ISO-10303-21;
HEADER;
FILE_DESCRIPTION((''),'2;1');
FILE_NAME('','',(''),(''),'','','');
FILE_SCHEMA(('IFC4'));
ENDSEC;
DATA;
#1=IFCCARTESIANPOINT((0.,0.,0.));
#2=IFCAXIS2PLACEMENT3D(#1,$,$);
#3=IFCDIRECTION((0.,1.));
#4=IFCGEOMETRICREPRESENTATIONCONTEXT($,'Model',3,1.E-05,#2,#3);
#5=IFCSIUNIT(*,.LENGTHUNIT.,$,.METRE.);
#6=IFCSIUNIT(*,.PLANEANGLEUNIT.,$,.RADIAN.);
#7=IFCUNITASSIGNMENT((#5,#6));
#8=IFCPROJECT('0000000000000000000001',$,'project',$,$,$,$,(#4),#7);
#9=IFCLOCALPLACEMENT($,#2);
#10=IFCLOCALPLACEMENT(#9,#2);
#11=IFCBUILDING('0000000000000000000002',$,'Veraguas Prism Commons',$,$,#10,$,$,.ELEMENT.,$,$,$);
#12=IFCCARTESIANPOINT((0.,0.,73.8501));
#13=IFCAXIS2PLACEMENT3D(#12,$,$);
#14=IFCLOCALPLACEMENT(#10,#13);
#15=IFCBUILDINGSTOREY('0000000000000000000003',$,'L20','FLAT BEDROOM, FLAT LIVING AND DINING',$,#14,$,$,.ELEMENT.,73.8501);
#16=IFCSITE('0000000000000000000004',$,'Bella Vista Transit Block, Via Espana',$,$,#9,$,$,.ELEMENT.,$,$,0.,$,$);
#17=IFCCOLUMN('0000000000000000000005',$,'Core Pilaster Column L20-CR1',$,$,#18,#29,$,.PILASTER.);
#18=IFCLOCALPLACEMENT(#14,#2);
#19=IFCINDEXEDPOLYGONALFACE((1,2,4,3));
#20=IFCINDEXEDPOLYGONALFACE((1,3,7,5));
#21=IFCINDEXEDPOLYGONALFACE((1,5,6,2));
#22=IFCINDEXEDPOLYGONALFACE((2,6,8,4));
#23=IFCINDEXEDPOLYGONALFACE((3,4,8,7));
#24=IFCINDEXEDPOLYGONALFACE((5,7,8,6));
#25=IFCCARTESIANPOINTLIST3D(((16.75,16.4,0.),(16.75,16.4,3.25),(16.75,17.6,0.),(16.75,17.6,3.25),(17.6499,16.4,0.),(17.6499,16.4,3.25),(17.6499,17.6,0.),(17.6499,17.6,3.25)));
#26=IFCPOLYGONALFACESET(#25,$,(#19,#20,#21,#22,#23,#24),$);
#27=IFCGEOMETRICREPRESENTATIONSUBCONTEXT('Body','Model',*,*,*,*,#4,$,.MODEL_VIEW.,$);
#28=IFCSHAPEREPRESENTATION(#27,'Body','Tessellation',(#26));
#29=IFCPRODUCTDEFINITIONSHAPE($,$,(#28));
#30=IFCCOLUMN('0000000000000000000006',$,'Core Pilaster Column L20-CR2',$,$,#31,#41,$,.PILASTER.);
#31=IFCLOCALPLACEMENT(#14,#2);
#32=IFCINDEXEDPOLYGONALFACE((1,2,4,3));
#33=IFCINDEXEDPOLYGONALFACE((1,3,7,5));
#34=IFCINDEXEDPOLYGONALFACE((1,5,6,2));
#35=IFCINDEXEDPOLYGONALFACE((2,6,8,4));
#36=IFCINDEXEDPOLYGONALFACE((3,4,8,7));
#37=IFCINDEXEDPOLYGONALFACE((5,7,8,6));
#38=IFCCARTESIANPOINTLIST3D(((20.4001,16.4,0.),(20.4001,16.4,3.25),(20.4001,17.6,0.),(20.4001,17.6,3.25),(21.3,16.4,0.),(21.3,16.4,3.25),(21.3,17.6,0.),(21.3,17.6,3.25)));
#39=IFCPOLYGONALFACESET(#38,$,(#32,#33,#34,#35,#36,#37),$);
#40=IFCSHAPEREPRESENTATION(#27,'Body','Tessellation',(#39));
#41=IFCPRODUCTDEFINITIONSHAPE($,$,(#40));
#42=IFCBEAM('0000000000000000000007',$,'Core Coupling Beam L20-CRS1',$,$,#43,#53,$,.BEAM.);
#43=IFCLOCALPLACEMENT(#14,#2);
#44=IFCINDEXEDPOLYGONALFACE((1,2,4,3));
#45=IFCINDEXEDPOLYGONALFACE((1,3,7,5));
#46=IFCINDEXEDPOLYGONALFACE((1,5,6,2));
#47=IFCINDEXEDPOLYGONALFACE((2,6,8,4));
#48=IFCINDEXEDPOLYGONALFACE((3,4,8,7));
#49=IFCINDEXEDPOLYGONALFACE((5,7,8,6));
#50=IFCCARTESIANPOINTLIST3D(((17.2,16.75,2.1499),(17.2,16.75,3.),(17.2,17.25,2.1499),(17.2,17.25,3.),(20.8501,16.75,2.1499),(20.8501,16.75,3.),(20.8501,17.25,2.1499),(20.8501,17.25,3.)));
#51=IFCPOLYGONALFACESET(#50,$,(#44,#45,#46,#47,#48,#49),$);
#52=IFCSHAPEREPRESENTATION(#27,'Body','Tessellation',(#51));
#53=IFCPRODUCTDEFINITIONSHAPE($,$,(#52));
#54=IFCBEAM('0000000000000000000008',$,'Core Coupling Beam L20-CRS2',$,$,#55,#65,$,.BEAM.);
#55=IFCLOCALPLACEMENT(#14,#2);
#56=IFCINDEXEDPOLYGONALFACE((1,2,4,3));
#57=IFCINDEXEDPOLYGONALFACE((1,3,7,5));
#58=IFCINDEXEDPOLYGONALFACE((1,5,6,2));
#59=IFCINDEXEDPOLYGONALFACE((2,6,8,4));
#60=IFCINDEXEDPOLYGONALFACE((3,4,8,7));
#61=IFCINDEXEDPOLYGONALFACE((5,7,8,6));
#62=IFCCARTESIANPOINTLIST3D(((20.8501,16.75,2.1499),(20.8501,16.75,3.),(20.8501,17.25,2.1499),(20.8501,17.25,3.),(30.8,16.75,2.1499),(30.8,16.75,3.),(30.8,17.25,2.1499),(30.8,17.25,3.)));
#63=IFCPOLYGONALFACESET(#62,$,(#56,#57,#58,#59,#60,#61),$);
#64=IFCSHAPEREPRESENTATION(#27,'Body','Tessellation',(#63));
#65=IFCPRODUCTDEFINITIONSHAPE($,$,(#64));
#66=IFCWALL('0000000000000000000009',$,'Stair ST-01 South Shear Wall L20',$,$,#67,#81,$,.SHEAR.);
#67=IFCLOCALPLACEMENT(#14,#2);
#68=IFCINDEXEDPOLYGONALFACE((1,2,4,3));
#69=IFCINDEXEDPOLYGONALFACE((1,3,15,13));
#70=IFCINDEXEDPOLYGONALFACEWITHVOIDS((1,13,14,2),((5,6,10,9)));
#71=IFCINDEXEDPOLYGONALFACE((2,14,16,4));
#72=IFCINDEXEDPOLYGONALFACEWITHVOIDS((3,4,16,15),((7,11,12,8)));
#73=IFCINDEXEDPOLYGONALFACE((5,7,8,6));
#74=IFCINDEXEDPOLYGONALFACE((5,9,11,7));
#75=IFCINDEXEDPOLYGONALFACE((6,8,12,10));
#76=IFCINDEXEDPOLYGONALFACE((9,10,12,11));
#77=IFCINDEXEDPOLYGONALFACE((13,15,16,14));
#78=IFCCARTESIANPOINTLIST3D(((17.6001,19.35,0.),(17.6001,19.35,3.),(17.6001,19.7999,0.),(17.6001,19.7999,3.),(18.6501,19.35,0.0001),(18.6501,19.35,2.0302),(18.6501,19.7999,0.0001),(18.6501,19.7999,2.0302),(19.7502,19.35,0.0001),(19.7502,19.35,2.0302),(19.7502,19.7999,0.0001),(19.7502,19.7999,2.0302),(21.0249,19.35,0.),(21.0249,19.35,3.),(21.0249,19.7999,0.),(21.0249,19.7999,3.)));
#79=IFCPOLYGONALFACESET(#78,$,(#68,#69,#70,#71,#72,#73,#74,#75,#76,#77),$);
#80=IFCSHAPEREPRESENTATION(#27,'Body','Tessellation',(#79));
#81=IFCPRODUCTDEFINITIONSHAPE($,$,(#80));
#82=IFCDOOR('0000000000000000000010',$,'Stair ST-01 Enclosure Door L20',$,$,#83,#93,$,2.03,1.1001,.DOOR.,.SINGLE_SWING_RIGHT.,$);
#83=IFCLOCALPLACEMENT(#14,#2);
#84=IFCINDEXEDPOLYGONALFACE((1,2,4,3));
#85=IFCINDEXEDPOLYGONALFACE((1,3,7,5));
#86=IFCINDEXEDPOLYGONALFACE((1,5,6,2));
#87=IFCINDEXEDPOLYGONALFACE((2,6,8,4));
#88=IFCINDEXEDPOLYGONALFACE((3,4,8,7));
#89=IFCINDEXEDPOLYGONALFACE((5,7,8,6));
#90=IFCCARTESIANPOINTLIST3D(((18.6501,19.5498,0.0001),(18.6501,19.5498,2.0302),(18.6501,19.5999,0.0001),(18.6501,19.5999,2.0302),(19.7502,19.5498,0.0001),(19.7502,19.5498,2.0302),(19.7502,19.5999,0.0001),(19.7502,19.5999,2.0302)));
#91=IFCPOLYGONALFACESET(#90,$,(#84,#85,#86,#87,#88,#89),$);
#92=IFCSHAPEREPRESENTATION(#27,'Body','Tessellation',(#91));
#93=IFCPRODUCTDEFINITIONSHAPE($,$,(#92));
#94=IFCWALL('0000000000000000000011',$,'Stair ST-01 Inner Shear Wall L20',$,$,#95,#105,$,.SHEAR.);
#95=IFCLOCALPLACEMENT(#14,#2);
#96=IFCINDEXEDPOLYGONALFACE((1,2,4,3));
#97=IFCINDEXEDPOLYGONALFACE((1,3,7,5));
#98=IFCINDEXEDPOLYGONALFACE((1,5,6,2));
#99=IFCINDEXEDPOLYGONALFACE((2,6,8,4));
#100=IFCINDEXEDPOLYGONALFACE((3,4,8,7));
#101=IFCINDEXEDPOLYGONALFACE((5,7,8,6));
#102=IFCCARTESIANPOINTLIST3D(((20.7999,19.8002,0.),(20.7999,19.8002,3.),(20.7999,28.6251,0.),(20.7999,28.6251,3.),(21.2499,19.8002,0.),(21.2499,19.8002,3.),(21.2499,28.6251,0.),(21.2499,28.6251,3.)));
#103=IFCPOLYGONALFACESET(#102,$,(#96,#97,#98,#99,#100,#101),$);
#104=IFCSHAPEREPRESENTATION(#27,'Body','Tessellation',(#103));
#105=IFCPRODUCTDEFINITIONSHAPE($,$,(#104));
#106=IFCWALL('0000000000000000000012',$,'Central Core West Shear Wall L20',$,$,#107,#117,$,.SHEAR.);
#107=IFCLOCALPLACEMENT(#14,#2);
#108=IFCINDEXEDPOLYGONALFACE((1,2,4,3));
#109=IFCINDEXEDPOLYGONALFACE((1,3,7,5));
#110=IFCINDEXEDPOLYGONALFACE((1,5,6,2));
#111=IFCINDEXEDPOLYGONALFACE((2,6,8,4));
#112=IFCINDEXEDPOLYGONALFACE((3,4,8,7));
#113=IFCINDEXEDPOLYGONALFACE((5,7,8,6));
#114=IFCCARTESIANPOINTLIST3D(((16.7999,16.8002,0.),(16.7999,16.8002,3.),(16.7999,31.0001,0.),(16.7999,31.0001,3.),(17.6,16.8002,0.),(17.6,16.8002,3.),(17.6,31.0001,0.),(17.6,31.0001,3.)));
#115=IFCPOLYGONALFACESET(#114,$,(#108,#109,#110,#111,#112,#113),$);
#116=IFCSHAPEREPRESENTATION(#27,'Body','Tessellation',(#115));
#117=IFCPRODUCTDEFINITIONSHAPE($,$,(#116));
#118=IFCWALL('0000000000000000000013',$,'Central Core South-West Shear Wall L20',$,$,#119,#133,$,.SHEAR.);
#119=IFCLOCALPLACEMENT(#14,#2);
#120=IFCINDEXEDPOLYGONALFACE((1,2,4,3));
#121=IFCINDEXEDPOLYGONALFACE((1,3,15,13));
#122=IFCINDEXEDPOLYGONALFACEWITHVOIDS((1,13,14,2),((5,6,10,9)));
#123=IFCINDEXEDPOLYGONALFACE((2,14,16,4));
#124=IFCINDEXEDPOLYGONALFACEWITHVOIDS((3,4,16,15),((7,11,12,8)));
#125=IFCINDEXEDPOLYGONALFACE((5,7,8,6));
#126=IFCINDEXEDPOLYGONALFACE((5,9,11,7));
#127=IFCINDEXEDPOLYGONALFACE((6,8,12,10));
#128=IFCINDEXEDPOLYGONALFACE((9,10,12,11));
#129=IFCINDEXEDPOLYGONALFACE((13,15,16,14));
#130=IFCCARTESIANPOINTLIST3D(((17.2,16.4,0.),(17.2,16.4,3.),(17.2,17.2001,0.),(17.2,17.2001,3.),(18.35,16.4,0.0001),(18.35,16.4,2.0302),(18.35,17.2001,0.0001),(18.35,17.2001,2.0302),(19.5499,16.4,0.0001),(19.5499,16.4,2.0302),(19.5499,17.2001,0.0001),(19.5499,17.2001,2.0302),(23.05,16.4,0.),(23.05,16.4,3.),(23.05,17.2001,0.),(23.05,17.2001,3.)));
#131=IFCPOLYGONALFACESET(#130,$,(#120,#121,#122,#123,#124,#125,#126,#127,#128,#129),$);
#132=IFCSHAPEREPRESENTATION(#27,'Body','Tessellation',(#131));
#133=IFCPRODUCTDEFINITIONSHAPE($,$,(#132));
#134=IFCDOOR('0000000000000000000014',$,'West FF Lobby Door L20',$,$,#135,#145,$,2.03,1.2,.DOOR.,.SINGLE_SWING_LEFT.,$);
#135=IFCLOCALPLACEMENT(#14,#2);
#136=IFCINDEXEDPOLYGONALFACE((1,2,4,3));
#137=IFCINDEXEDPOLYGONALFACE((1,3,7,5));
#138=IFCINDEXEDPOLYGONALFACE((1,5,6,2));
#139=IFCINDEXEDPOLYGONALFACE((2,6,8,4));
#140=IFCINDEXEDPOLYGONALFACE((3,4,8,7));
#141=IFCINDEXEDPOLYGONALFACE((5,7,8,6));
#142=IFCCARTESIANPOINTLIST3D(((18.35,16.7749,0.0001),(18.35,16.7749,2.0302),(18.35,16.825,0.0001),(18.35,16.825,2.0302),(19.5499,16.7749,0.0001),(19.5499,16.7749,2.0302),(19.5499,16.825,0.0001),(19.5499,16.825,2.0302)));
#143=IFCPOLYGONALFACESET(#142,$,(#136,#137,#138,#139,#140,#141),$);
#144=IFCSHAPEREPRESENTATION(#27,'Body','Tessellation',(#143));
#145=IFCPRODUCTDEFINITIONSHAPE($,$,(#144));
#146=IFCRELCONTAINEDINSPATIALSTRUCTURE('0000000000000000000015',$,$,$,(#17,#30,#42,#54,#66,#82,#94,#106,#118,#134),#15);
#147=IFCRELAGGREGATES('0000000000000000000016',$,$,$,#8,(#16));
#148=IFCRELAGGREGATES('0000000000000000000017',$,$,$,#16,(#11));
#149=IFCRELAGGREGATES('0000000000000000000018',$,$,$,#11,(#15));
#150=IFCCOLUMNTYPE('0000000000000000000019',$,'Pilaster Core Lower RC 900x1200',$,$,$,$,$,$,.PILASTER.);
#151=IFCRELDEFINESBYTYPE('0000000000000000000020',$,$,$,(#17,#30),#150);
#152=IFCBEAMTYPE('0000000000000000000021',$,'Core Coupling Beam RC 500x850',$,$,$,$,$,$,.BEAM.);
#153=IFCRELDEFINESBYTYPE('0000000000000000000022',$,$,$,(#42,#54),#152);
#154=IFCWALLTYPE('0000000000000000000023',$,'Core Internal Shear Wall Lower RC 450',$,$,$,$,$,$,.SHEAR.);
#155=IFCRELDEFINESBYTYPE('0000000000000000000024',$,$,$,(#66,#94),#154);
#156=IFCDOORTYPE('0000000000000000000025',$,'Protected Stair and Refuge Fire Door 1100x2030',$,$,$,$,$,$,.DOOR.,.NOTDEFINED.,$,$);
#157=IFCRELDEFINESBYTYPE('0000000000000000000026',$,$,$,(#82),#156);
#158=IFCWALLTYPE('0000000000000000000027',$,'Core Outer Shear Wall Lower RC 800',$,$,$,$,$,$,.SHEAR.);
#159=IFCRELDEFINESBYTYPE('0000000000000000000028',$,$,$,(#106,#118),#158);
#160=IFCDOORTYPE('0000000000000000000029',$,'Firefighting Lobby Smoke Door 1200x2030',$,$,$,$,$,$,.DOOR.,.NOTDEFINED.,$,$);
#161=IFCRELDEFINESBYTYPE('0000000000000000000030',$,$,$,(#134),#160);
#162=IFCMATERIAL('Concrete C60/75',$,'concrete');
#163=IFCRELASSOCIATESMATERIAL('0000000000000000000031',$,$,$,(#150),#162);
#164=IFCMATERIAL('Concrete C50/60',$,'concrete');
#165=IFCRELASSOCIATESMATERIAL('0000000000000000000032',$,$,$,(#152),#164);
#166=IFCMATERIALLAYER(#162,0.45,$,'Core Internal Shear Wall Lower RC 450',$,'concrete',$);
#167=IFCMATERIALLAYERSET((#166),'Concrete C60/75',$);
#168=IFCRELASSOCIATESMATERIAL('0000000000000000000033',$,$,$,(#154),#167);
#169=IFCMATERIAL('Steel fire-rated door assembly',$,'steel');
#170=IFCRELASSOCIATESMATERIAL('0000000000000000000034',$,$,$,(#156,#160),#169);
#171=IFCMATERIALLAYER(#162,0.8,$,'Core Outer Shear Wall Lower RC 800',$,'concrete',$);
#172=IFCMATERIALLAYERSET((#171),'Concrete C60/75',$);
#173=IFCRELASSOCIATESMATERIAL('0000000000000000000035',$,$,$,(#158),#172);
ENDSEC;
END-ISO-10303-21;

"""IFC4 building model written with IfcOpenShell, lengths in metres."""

from ifc_helpers import new_model, si_unit, direction, frame, frame_2d, origin, origin_2d, place, context, subcontext, project, spatial, rectangle, extrude, source, transform, mapped, material, layer, layer_set, material_profile, profile_set, type_object, element, fill, save


model = new_model("IFC4")

# Units and contexts
model_context = context("Model", 3, precision=1e-05, world=origin(), true_north=direction((0.0, 1.0)))
body_context = subcontext(model_context, "Body", "Model", "MODEL_VIEW")
ifc_project = project(units=[si_unit("LENGTHUNIT", "METRE"), si_unit("PLANEANGLEUNIT", "RADIAN")], contexts=[model_context])

# Site, building, storey
site_placement = place(None, origin())
site = spatial("IfcSite", under=ifc_project, at=site_placement, Name="Bella Vista Transit Block, Via Espana", CompositionType="ELEMENT", RefElevation=0.0)
building_placement = place(site_placement, origin())
building = spatial("IfcBuilding", under=site, at=building_placement, Name="Veraguas Prism Commons", CompositionType="ELEMENT")
storey_placement = place(building_placement, frame((0.0, 0.0, 73.8501)))
storey = spatial("IfcBuildingStorey", under=building, at=storey_placement, Name="L20", Description="FLAT BEDROOM, FLAT LIVING AND DINING", CompositionType="ELEMENT", Elevation=73.8501)

# Columns
ifc_material_1 = material(Name="Concrete C60/75", Category="concrete")
ifc_material_profile_1 = material_profile(ifc_material_1, rectangle(XDim=0.8999, YDim=1.2, at=origin_2d()), Name="RC900X1200")
ifc_profile_set_1 = profile_set([ifc_material_profile_1], Name="Concrete C60/75")
column_type = type_object("IfcColumnType", Name="Pilaster Core Lower RC 900x1200", PredefinedType="PILASTER", material=ifc_profile_set_1)
for number, where, z_axis, x_axis, name in (
    (1, (17.2, 17.0, 0.0), (0.0, 0.0, 1.0), (1.0, 0.0, 0.0), "Core Pilaster Column L20-CR1"),
    (2, (20.8501, 17.0, 0.0), (0.0, 0.0, 1.0), (1.0, 0.0, 0.0), "Core Pilaster Column L20-CR2"),
):
    element("IfcColumn", number, at=place(storey_placement, frame(where, z_axis=z_axis, x_axis=x_axis)), inside=storey, type_object=column_type, Name=name, PredefinedType="PILASTER", context=body_context, shape_type="SweptSolid", body=[
        extrude(rectangle(XDim=0.8999, YDim=1.2, at=origin_2d()), origin(), (0.0, 0.0, 1.0), 3.25),
    ])

# Beams
ifc_material_2 = material(Name="Concrete C50/60", Category="concrete")
ifc_material_profile_2 = material_profile(ifc_material_2, rectangle(XDim=0.5, YDim=0.8501, at=origin_2d()), Name="RC500X850")
ifc_profile_set_2 = profile_set([ifc_material_profile_2], Name="Concrete C50/60")
beam_type = type_object("IfcBeamType", Name="Core Coupling Beam RC 500x850", PredefinedType="BEAM", material=ifc_profile_set_2)
beam_1_placement = place(storey_placement, frame((17.2, 17.0, 2.575), z_axis=(1.0, 0.0, 0.0), x_axis=(0.0, 1.0, 0.0)))
element("IfcBeam", 3, at=beam_1_placement, inside=storey, type_object=beam_type, Name="Core Coupling Beam L20-CRS1", PredefinedType="BEAM", context=body_context, shape_type="SweptSolid", body=[
    extrude(rectangle(XDim=0.5, YDim=0.8501, at=origin_2d()), origin(), (0.0, 0.0, 1.0), 3.6501),
])
beam_2_placement = place(storey_placement, frame((20.8501, 17.0, 2.575), z_axis=(1.0, 0.0, 0.0), x_axis=(0.0, 1.0, 0.0)))
element("IfcBeam", 4, at=beam_2_placement, inside=storey, type_object=beam_type, Name="Core Coupling Beam L20-CRS2", PredefinedType="BEAM", context=body_context, shape_type="SweptSolid", body=[
    extrude(rectangle(XDim=0.5, YDim=0.8501, at=origin_2d()), origin(), (0.0, 0.0, 1.0), 9.95),
])

# Wall, opening, door
ifc_layer_1 = layer(ifc_material_1, 0.45, Name="Core Internal Shear Wall Lower RC 450", Category="concrete")
ifc_layer_set_1 = layer_set([ifc_layer_1], Name="Concrete C60/75")
wall_type_1 = type_object("IfcWallType", Name="Core Internal Shear Wall Lower RC 450", PredefinedType="SHEAR", material=ifc_layer_set_1)
wall_1_placement = place(storey_placement, frame((17.6001, 19.575, 0.0), z_axis=(0.0, 0.0, 1.0), x_axis=(1.0, 0.0, 0.0)))
wall_1 = element("IfcWall", 5, at=wall_1_placement, inside=storey, type_object=wall_type_1, Name="Stair ST-01 South Shear Wall L20", PredefinedType="SHEAR", context=body_context, shape_type="SweptSolid", body=[
    extrude(rectangle(XDim=3.4248, YDim=0.45, at=frame_2d((1.7124, 0.0))), origin(), (0.0, 0.0, 1.0), 3.0),
])
opening_1_placement = place(wall_1_placement, frame((1.05, 0.0, 0.0)))
opening_1 = element("IfcOpeningElement", 6, at=opening_1_placement, cuts=wall_1, PredefinedType="OPENING", context=body_context, shape_type="SweptSolid", body=[
    extrude(rectangle(XDim=1.1001, YDim=2.03, at=frame_2d((0.55, 1.0151))), frame((0.0, 0.2349, 0.0), z_axis=(0.0, -1.0, 0.0), x_axis=(1.0, 0.0, 0.0)), (0.0, 0.0, 1.0), 0.47),
])
ifc_material_3 = material(Name="Steel fire-rated door assembly", Category="steel")
door_type_1 = type_object("IfcDoorType", Name="Protected Stair and Refuge Fire Door 1100x2030", OperationType="NOTDEFINED", PredefinedType="DOOR", material=ifc_material_3)
shared_shape_1 = source(origin(), body_context, "Body", "SweptSolid", [
    extrude(rectangle(XDim=1.1001, YDim=2.03, at=frame_2d((0.55, 1.0151))), frame((0.0, 0.0249, 0.0), z_axis=(0.0, -1.0, 0.0), x_axis=(1.0, 0.0, 0.0)), (0.0, 0.0, 1.0), 0.05),
])
door_1_placement = place(opening_1_placement, origin())
door_1 = element("IfcDoor", 7, at=door_1_placement, inside=storey, type_object=door_type_1, Name="Stair ST-01 Enclosure Door L20", OperationType="SINGLE_SWING_RIGHT", OverallHeight=2.03, OverallWidth=1.1001, PredefinedType="DOOR", context=body_context, shape_type="MappedRepresentation", body=[
    mapped(shared_shape_1, transform((0.0, 0.0, 0.0), scale=1.0)),
])
fill(opening_1, door_1)

# Walls
wall_2_placement = place(storey_placement, frame((21.0249, 19.8, 0.0), z_axis=(0.0, 0.0, 1.0), x_axis=(0.0, 1.0, 0.0)))
element("IfcWall", 8, at=wall_2_placement, inside=storey, type_object=wall_type_1, Name="Stair ST-01 Inner Shear Wall L20", PredefinedType="SHEAR", context=body_context, shape_type="SweptSolid", body=[
    extrude(rectangle(XDim=8.825, YDim=0.45, at=frame_2d((4.4126, 0.0))), origin(), (0.0, 0.0, 1.0), 3.0),
])
ifc_layer_2 = layer(ifc_material_1, 0.8, Name="Core Outer Shear Wall Lower RC 800", Category="concrete")
ifc_layer_set_2 = layer_set([ifc_layer_2], Name="Concrete C60/75")
wall_type_2 = type_object("IfcWallType", Name="Core Outer Shear Wall Lower RC 800", PredefinedType="SHEAR", material=ifc_layer_set_2)
wall_3_placement = place(storey_placement, frame((17.2, 16.8, 0.0), z_axis=(0.0, 0.0, 1.0), x_axis=(0.0, 1.0, 0.0)))
element("IfcWall", 9, at=wall_3_placement, inside=storey, type_object=wall_type_2, Name="Central Core West Shear Wall L20", PredefinedType="SHEAR", context=body_context, shape_type="SweptSolid", body=[
    extrude(rectangle(XDim=14.2, YDim=0.8, at=frame_2d((7.1001, 0.0))), origin(), (0.0, 0.0, 1.0), 3.0),
])

# Wall, opening, door
wall_4_placement = place(storey_placement, frame((17.2, 16.8, 0.0), z_axis=(0.0, 0.0, 1.0), x_axis=(1.0, 0.0, 0.0)))
wall_4 = element("IfcWall", 10, at=wall_4_placement, inside=storey, type_object=wall_type_2, Name="Central Core South-West Shear Wall L20", PredefinedType="SHEAR", context=body_context, shape_type="SweptSolid", body=[
    extrude(rectangle(XDim=5.8501, YDim=0.8, at=frame_2d((2.925, 0.0))), origin(), (0.0, 0.0, 1.0), 3.0),
])
opening_2_placement = place(wall_4_placement, frame((1.1499, 0.0, 0.0)))
opening_2 = element("IfcOpeningElement", 11, at=opening_2_placement, cuts=wall_4, PredefinedType="OPENING", context=body_context, shape_type="SweptSolid", body=[
    extrude(rectangle(XDim=1.2, YDim=2.03, at=frame_2d((0.6001, 1.0151))), frame((0.0, 0.4099, 0.0), z_axis=(0.0, -1.0, 0.0), x_axis=(1.0, 0.0, 0.0)), (0.0, 0.0, 1.0), 0.8201),
])
door_type_2 = type_object("IfcDoorType", Name="Firefighting Lobby Smoke Door 1200x2030", OperationType="NOTDEFINED", PredefinedType="DOOR", material=ifc_material_3)
shared_shape_2 = source(origin(), body_context, "Body", "SweptSolid", [
    extrude(rectangle(XDim=1.2, YDim=2.03, at=frame_2d((0.6001, 1.0151))), frame((0.0, 0.0249, 0.0), z_axis=(0.0, -1.0, 0.0), x_axis=(1.0, 0.0, 0.0)), (0.0, 0.0, 1.0), 0.05),
])
door_2_placement = place(opening_2_placement, origin())
door_2 = element("IfcDoor", 12, at=door_2_placement, inside=storey, type_object=door_type_2, Name="West FF Lobby Door L20", OperationType="SINGLE_SWING_LEFT", OverallHeight=2.03, OverallWidth=1.2, PredefinedType="DOOR", context=body_context, shape_type="MappedRepresentation", body=[
    mapped(shared_shape_2, transform((0.0, 0.0, 0.0), scale=1.0)),
])
fill(opening_2, door_2)

save(model, "model.ifc")
